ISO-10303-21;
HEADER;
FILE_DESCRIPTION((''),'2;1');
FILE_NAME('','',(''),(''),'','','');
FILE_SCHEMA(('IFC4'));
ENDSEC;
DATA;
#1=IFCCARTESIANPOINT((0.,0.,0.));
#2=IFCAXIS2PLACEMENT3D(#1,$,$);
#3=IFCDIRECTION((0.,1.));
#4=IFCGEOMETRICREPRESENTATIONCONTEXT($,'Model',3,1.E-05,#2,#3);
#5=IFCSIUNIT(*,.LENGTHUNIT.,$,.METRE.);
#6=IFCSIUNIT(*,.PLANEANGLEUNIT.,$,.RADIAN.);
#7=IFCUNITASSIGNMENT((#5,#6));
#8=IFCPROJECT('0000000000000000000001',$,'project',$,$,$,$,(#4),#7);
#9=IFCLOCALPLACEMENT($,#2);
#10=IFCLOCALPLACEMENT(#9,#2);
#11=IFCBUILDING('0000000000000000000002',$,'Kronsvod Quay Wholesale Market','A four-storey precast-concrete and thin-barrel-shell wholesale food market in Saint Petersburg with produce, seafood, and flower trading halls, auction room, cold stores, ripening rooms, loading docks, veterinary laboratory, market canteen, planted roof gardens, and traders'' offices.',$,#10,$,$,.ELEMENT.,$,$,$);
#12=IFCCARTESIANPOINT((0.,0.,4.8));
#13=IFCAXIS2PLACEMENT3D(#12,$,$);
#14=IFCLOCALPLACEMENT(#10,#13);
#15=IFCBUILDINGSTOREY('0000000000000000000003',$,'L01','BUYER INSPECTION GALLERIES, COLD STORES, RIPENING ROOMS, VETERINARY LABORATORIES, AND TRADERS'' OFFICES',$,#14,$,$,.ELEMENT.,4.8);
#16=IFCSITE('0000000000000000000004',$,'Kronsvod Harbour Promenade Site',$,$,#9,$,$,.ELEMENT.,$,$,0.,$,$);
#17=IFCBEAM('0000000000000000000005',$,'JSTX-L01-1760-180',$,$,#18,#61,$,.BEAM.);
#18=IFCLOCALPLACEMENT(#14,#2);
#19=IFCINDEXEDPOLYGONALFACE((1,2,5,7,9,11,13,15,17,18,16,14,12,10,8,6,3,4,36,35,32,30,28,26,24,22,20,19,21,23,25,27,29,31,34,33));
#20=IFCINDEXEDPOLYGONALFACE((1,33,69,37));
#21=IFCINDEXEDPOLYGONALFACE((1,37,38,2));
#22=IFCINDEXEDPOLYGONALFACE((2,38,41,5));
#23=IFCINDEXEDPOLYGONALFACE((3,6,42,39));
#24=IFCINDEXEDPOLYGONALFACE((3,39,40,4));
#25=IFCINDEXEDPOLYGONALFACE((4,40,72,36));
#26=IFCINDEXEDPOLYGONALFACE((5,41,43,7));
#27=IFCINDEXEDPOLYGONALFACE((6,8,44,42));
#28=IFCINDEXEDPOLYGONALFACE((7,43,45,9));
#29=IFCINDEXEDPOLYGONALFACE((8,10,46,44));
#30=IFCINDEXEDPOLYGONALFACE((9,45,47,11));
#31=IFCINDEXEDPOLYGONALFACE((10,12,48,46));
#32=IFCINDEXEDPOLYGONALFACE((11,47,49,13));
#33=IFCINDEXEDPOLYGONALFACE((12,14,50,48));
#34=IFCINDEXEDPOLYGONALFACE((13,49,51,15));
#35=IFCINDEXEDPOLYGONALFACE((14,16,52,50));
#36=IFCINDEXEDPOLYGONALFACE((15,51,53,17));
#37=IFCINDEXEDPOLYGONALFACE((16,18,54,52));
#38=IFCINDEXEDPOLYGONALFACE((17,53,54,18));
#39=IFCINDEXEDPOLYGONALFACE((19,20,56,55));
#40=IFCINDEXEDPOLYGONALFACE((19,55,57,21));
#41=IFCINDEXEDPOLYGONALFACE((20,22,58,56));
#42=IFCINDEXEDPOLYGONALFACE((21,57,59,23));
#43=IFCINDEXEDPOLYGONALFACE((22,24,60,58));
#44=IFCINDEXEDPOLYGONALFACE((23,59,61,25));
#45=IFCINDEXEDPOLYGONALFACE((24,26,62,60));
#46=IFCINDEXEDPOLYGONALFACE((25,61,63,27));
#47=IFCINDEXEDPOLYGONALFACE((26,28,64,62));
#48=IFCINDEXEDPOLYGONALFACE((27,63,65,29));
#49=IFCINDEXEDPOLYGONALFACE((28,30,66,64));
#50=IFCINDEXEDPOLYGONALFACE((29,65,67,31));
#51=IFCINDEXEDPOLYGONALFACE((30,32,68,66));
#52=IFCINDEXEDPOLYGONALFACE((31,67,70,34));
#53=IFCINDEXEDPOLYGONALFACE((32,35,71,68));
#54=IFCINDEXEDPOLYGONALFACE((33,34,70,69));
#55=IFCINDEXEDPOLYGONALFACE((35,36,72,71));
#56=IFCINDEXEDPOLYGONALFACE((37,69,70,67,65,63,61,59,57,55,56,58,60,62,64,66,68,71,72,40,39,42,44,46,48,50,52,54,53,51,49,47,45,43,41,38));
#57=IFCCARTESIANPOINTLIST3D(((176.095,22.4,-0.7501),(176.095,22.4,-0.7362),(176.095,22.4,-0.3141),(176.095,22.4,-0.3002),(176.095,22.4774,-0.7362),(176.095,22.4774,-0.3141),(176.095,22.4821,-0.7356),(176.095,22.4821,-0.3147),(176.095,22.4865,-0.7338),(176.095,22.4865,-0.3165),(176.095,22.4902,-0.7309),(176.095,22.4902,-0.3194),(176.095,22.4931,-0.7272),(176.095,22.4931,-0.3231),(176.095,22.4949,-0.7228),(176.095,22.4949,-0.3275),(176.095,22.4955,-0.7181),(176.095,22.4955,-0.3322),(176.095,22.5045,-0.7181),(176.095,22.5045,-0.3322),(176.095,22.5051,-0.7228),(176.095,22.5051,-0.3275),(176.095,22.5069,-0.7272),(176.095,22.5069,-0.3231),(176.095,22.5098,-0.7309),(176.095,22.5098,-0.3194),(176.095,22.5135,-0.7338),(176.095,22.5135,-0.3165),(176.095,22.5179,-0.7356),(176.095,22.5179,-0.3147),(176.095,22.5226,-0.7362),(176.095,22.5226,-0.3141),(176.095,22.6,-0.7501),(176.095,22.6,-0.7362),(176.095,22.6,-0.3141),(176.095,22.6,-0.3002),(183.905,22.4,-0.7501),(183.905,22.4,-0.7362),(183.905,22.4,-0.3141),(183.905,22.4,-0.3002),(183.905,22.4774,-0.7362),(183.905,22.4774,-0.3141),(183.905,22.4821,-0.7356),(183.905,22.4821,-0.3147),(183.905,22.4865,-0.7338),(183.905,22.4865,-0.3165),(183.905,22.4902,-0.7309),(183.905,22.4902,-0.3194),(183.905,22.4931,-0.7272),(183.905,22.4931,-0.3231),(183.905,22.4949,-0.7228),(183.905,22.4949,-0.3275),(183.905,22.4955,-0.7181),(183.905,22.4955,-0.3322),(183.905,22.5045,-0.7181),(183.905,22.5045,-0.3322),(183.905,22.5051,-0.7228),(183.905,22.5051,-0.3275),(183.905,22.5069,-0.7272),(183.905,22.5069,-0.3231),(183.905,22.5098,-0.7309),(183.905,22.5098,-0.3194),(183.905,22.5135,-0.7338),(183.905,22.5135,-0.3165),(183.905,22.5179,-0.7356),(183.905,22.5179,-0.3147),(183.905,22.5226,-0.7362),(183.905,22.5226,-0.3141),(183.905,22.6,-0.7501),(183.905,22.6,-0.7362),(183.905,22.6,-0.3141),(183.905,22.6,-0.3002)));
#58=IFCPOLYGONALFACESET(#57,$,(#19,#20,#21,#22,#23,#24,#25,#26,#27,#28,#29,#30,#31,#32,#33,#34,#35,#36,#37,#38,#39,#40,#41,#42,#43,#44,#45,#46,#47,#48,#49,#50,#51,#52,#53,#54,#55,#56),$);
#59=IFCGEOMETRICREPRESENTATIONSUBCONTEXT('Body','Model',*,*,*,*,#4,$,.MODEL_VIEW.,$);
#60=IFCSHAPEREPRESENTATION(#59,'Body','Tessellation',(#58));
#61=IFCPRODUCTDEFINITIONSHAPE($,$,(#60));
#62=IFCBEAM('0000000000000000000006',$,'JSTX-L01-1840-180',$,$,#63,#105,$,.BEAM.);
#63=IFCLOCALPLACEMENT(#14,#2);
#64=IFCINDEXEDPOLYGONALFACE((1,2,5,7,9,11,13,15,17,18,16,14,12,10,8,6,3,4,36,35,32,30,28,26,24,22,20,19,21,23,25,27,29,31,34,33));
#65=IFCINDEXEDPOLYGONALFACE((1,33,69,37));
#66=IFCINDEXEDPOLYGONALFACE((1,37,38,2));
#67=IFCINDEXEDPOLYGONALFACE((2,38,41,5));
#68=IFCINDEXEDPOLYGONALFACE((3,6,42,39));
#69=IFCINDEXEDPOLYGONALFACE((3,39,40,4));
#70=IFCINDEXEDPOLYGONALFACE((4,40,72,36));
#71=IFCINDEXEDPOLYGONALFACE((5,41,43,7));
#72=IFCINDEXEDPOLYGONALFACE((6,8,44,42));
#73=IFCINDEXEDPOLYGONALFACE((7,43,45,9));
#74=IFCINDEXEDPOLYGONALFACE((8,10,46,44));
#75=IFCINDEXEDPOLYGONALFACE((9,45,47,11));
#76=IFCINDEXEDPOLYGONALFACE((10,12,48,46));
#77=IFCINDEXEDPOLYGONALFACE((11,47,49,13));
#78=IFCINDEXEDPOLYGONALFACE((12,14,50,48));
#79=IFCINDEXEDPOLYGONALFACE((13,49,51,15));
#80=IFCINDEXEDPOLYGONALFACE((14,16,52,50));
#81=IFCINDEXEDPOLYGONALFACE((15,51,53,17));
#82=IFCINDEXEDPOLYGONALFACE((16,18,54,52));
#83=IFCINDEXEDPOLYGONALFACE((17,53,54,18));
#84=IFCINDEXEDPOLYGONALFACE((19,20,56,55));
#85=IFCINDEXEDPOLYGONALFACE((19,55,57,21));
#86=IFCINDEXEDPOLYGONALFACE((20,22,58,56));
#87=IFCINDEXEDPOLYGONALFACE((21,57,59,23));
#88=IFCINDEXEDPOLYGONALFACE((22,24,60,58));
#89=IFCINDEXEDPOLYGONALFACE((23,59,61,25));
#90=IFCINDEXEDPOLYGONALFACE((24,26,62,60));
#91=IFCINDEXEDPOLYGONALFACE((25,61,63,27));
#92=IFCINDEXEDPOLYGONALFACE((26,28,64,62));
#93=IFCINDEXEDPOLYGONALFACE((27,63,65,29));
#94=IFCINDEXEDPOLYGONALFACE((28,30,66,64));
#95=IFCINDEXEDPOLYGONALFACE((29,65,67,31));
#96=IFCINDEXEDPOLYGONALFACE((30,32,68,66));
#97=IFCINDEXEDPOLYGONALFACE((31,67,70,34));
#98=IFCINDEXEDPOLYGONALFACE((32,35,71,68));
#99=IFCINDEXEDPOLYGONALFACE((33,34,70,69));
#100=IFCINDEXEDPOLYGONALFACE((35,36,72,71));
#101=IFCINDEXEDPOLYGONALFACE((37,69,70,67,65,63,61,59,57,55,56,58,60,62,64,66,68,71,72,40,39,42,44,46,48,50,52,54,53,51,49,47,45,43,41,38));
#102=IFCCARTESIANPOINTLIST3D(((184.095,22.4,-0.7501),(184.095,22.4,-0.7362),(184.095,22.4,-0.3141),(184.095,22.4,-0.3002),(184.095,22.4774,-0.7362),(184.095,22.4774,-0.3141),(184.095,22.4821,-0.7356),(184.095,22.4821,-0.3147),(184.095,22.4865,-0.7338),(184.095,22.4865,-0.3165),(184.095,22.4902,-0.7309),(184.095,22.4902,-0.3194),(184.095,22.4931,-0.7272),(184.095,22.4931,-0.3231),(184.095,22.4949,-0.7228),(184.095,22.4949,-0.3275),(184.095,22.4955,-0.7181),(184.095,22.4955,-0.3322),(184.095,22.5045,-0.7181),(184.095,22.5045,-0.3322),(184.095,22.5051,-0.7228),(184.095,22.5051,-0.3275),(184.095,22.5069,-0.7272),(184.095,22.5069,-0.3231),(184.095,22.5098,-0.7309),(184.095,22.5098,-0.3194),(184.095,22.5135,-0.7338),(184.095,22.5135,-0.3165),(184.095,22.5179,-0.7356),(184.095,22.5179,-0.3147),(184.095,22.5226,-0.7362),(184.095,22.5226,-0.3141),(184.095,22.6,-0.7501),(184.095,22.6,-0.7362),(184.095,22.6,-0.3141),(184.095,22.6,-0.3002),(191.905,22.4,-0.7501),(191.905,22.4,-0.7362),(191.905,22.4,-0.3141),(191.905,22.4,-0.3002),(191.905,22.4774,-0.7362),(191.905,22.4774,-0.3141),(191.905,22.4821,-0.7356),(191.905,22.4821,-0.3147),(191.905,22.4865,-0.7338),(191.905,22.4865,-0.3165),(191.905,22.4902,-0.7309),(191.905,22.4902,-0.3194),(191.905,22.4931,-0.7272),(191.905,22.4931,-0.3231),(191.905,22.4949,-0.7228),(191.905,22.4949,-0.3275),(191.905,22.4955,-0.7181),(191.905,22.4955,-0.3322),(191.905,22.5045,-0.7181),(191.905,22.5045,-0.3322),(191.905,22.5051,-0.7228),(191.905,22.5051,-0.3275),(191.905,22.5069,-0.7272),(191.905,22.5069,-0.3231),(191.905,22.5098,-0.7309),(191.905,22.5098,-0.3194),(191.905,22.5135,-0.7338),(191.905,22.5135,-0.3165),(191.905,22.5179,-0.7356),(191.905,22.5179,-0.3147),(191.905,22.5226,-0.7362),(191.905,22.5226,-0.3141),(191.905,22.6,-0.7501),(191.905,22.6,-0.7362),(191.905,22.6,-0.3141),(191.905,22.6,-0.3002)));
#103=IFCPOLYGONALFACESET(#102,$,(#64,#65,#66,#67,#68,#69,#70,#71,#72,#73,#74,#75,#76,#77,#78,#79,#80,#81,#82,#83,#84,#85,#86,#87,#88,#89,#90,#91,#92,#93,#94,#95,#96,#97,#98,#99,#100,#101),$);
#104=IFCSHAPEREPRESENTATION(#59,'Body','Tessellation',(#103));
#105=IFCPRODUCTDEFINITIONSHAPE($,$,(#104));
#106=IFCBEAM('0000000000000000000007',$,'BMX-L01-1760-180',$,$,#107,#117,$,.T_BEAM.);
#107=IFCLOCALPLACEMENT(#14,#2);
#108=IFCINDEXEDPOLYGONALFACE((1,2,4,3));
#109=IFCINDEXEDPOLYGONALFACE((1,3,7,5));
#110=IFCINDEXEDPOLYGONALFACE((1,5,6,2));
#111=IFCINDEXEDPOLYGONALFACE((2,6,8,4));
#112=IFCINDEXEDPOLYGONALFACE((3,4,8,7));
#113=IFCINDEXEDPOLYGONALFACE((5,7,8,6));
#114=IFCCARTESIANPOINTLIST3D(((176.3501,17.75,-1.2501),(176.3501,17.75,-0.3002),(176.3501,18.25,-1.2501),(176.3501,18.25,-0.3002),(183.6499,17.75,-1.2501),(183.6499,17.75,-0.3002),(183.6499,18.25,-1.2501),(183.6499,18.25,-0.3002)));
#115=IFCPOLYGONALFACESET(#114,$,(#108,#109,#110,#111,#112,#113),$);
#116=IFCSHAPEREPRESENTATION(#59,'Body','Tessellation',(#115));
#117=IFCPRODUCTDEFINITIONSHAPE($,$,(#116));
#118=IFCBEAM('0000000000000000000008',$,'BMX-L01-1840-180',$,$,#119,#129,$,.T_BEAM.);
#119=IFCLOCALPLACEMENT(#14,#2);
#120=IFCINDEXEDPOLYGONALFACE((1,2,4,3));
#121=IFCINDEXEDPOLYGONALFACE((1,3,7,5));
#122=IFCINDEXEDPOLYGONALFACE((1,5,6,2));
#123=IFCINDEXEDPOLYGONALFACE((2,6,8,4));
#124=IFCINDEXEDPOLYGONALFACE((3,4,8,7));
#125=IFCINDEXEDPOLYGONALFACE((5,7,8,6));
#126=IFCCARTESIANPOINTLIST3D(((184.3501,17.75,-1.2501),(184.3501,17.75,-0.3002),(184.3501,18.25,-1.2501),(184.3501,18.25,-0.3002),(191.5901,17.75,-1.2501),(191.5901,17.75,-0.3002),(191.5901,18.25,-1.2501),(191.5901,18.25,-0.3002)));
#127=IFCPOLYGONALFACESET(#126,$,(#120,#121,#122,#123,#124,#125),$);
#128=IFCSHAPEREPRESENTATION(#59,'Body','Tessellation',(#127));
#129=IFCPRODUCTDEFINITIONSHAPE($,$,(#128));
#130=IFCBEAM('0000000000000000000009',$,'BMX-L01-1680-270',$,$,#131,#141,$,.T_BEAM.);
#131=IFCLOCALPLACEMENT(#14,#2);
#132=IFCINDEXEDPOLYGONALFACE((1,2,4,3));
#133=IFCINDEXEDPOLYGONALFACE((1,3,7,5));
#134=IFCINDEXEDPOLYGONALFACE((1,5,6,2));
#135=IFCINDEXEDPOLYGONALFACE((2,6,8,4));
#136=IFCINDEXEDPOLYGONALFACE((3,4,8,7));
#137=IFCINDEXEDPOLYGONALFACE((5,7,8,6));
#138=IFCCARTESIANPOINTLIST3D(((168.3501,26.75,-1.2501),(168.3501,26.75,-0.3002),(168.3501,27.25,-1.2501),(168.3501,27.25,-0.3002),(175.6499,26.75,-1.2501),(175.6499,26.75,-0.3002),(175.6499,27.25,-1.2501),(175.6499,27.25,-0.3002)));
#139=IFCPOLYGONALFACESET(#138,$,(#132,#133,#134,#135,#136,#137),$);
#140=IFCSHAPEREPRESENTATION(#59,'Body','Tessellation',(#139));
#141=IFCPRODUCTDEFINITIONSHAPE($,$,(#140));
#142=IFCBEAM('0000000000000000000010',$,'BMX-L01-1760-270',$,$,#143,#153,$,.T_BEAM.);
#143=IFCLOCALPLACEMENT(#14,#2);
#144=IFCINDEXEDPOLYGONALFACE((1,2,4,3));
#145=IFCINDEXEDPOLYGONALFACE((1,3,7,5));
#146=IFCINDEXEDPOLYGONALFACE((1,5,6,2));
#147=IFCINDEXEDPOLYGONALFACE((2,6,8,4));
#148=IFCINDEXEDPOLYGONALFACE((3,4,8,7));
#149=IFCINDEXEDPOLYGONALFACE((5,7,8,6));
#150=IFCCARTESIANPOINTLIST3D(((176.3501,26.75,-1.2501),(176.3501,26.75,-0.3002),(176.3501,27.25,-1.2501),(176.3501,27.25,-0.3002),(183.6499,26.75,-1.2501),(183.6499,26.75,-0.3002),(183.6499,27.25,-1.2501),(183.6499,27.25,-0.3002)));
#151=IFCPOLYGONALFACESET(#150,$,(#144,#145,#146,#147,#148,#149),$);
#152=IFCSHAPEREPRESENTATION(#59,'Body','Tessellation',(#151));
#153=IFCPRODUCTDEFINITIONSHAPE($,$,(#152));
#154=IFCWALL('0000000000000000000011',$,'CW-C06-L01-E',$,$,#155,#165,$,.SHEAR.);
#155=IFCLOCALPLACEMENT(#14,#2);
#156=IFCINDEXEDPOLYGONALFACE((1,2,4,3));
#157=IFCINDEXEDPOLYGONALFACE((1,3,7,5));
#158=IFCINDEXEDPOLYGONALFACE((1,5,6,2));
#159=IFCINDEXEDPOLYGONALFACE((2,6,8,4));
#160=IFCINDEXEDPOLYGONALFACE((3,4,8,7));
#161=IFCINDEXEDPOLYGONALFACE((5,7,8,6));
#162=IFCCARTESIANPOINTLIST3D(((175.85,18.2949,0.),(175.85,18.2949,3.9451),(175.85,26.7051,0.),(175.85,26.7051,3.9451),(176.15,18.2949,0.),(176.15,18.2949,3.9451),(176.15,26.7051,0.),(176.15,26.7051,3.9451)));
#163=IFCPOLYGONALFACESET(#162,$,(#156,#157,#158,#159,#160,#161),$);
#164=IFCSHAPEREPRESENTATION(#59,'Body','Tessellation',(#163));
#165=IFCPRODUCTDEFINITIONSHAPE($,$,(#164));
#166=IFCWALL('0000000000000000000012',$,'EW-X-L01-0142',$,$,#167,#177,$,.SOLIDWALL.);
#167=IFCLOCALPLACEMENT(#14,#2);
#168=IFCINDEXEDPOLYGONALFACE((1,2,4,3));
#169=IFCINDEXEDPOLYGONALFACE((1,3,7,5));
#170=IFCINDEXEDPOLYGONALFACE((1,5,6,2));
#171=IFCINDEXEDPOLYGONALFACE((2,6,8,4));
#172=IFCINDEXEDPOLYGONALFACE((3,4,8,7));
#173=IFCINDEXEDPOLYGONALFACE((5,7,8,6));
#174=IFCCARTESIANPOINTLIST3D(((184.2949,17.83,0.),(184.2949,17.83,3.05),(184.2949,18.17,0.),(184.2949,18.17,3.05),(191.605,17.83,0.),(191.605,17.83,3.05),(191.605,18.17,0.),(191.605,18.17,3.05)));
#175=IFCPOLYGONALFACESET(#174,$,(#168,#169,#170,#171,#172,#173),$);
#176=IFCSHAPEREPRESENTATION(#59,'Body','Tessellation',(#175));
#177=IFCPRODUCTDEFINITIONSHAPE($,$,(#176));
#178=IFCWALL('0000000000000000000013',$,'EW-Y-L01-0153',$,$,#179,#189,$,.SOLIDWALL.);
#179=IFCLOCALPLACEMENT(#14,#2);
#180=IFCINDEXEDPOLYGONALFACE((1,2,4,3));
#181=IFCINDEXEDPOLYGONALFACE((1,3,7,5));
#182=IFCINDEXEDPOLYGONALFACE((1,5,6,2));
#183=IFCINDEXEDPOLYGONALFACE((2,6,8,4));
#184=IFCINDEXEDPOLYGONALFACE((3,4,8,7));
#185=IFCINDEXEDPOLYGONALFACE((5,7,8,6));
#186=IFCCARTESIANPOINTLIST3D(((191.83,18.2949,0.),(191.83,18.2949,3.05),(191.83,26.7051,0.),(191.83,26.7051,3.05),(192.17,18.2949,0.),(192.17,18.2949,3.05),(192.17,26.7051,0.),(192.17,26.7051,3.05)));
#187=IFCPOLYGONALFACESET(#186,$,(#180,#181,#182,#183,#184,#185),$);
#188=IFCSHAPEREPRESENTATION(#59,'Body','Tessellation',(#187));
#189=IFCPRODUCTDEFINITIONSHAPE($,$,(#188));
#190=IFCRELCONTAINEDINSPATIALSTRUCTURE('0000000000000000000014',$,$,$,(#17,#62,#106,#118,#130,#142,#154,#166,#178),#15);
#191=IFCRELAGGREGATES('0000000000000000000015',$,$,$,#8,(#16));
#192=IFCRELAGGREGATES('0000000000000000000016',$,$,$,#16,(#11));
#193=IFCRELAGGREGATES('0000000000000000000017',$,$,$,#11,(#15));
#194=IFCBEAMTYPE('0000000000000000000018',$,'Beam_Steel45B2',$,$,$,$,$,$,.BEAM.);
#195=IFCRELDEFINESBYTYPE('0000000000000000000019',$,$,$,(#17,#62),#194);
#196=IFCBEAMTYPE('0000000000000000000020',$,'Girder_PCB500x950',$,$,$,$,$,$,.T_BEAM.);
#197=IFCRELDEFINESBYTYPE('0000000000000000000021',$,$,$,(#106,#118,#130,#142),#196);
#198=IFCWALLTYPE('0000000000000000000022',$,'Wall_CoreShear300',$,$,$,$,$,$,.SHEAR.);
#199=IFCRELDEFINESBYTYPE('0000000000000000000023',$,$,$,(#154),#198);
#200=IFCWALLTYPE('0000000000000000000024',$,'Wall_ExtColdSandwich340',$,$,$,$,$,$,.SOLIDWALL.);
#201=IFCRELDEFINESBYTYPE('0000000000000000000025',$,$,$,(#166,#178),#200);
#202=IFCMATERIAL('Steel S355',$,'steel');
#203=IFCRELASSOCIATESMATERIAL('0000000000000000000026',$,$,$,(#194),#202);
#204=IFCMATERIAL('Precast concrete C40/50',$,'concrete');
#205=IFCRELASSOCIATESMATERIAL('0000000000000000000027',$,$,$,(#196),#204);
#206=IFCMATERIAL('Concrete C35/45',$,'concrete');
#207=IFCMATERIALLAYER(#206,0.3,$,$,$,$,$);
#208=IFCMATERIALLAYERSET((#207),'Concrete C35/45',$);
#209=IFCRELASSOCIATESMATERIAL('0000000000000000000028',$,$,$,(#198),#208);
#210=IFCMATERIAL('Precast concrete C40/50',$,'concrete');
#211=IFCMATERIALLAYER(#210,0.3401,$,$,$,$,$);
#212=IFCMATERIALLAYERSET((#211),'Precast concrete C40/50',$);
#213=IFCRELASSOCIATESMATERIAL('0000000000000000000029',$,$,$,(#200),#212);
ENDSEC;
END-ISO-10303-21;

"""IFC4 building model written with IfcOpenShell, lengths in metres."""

from ifc_helpers import new_model, si_unit, direction, frame, frame_2d, origin, origin_2d, place, context, subcontext, project, spatial, rectangle, i_section, extrude, material, layer, layer_set, material_profile, profile_set, type_object, element, save


model = new_model("IFC4")

# Units and contexts
model_context = context("Model", 3, precision=1e-05, world=origin(), true_north=direction((0.0, 1.0)))
body_context = subcontext(model_context, "Body", "Model", "MODEL_VIEW")
ifc_project = project(units=[si_unit("LENGTHUNIT", "METRE"), si_unit("PLANEANGLEUNIT", "RADIAN")], contexts=[model_context])

# Site, building, storey
site_placement = place(None, origin())
site = spatial("IfcSite", under=ifc_project, at=site_placement, Name="Kronsvod Harbour Promenade Site", CompositionType="ELEMENT", RefElevation=0.0)
building_placement = place(site_placement, origin())
building = spatial("IfcBuilding", under=site, at=building_placement, Name="Kronsvod Quay Wholesale Market", Description="A four-storey precast-concrete and thin-barrel-shell wholesale food market in Saint Petersburg with produce, seafood, and flower trading halls, auction room, cold stores, ripening rooms, loading docks, veterinary laboratory, market canteen, planted roof gardens, and traders' offices.", CompositionType="ELEMENT")
storey_placement = place(building_placement, frame((0.0, 0.0, 4.8)))
storey = spatial("IfcBuildingStorey", under=building, at=storey_placement, Name="L01", Description="BUYER INSPECTION GALLERIES, COLD STORES, RIPENING ROOMS, VETERINARY LABORATORIES, AND TRADERS' OFFICES", CompositionType="ELEMENT", Elevation=4.8)

# Beams
ifc_material_1 = material(Name="Steel S355", Category="steel")
ifc_material_profile_1 = material_profile(ifc_material_1, i_section(OverallWidth=0.2, OverallDepth=0.45, WebThickness=0.009, FlangeThickness=0.0139, FilletRadius=0.0181, at=origin_2d()), Name="45B2")
ifc_profile_set_1 = profile_set([ifc_material_profile_1], Name="Steel S355")
beam_type_1 = type_object("IfcBeamType", Name="Beam_Steel45B2", PredefinedType="BEAM", material=ifc_profile_set_1)
for number, where, z_axis, x_axis, name in (
    (1, (176.095, 22.5, -0.5251), (1.0, 0.0, 0.0), (0.0, 1.0, 0.0), "JSTX-L01-1760-180"),
    (2, (184.095, 22.5, -0.5251), (1.0, 0.0, 0.0), (0.0, 1.0, 0.0), "JSTX-L01-1840-180"),
):
    element("IfcBeam", number, at=place(storey_placement, frame(where, z_axis=z_axis, x_axis=x_axis)), inside=storey, type_object=beam_type_1, Name=name, PredefinedType="BEAM", context=body_context, shape_type="SweptSolid", body=[
        extrude(i_section(OverallWidth=0.2, OverallDepth=0.45, WebThickness=0.009, FlangeThickness=0.0139, FilletRadius=0.0181, at=origin_2d()), origin(), (0.0, 0.0, 1.0), 7.8101),
    ])
ifc_material_2 = material(Name="Precast concrete C40/50", Category="concrete")
ifc_material_profile_2 = material_profile(ifc_material_2, rectangle(XDim=0.5, YDim=0.95, at=origin_2d()), Name="PCB500x950")
ifc_profile_set_2 = profile_set([ifc_material_profile_2], Name="Precast concrete C40/50")
beam_type_2 = type_object("IfcBeamType", Name="Girder_PCB500x950", PredefinedType="T_BEAM", material=ifc_profile_set_2)
beam_1_placement = place(storey_placement, frame((176.3501, 18.0, -0.7751), z_axis=(1.0, 0.0, 0.0), x_axis=(0.0, 1.0, 0.0)))
element("IfcBeam", 3, at=beam_1_placement, inside=storey, type_object=beam_type_2, Name="BMX-L01-1760-180", PredefinedType="T_BEAM", context=body_context, shape_type="SweptSolid", body=[
    extrude(rectangle(XDim=0.5, YDim=0.95, at=origin_2d()), origin(), (0.0, 0.0, 1.0), 7.2998),
])
beam_2_placement = place(storey_placement, frame((184.3501, 18.0, -0.7751), z_axis=(1.0, 0.0, 0.0), x_axis=(0.0, 1.0, 0.0)))
element("IfcBeam", 4, at=beam_2_placement, inside=storey, type_object=beam_type_2, Name="BMX-L01-1840-180", PredefinedType="T_BEAM", context=body_context, shape_type="SweptSolid", body=[
    extrude(rectangle(XDim=0.5, YDim=0.95, at=origin_2d()), origin(), (0.0, 0.0, 1.0), 7.24),
])
for number, where, z_axis, x_axis, name in (
    (5, (168.3501, 27.0, -0.7751), (1.0, 0.0, 0.0), (0.0, 1.0, 0.0), "BMX-L01-1680-270"),
    (6, (176.3501, 27.0, -0.7751), (1.0, 0.0, 0.0), (0.0, 1.0, 0.0), "BMX-L01-1760-270"),
):
    element("IfcBeam", number, at=place(storey_placement, frame(where, z_axis=z_axis, x_axis=x_axis)), inside=storey, type_object=beam_type_2, Name=name, PredefinedType="T_BEAM", context=body_context, shape_type="SweptSolid", body=[
        extrude(rectangle(XDim=0.5, YDim=0.95, at=origin_2d()), origin(), (0.0, 0.0, 1.0), 7.2998),
    ])

# Walls
ifc_material_3 = material(Name="Concrete C35/45", Category="concrete")
ifc_layer_1 = layer(ifc_material_3, 0.3)
ifc_layer_set_1 = layer_set([ifc_layer_1], Name="Concrete C35/45")
wall_type_1 = type_object("IfcWallType", Name="Wall_CoreShear300", PredefinedType="SHEAR", material=ifc_layer_set_1)
wall_1_placement = place(storey_placement, frame((176.0, 18.2949, 0.0), z_axis=(0.0, 0.0, 1.0), x_axis=(0.0, 1.0, 0.0)))
element("IfcWall", 7, at=wall_1_placement, inside=storey, type_object=wall_type_1, Name="CW-C06-L01-E", PredefinedType="SHEAR", context=body_context, shape_type="SweptSolid", body=[
    extrude(rectangle(XDim=8.4102, YDim=0.3, at=frame_2d((4.2051, 0.0))), origin(), (0.0, 0.0, 1.0), 3.9451),
])
ifc_material_4 = material(Name="Precast concrete C40/50", Category="concrete")
ifc_layer_2 = layer(ifc_material_4, 0.3401)
ifc_layer_set_2 = layer_set([ifc_layer_2], Name="Precast concrete C40/50")
wall_type_2 = type_object("IfcWallType", Name="Wall_ExtColdSandwich340", PredefinedType="SOLIDWALL", material=ifc_layer_set_2)
wall_2_placement = place(storey_placement, frame((184.2949, 18.0, 0.0), z_axis=(0.0, 0.0, 1.0), x_axis=(1.0, 0.0, 0.0)))
element("IfcWall", 8, at=wall_2_placement, inside=storey, type_object=wall_type_2, Name="EW-X-L01-0142", PredefinedType="SOLIDWALL", context=body_context, shape_type="SweptSolid", body=[
    extrude(rectangle(XDim=7.3101, YDim=0.3401, at=frame_2d((3.655, 0.0))), origin(), (0.0, 0.0, 1.0), 3.05),
])
wall_3_placement = place(storey_placement, frame((192.0, 18.2949, 0.0), z_axis=(0.0, 0.0, 1.0), x_axis=(0.0, 1.0, 0.0)))
element("IfcWall", 9, at=wall_3_placement, inside=storey, type_object=wall_type_2, Name="EW-Y-L01-0153", PredefinedType="SOLIDWALL", context=body_context, shape_type="SweptSolid", body=[
    extrude(rectangle(XDim=8.4102, YDim=0.3401, at=frame_2d((4.2051, 0.0))), origin(), (0.0, 0.0, 1.0), 3.05),
])

save(model, "model.ifc")
